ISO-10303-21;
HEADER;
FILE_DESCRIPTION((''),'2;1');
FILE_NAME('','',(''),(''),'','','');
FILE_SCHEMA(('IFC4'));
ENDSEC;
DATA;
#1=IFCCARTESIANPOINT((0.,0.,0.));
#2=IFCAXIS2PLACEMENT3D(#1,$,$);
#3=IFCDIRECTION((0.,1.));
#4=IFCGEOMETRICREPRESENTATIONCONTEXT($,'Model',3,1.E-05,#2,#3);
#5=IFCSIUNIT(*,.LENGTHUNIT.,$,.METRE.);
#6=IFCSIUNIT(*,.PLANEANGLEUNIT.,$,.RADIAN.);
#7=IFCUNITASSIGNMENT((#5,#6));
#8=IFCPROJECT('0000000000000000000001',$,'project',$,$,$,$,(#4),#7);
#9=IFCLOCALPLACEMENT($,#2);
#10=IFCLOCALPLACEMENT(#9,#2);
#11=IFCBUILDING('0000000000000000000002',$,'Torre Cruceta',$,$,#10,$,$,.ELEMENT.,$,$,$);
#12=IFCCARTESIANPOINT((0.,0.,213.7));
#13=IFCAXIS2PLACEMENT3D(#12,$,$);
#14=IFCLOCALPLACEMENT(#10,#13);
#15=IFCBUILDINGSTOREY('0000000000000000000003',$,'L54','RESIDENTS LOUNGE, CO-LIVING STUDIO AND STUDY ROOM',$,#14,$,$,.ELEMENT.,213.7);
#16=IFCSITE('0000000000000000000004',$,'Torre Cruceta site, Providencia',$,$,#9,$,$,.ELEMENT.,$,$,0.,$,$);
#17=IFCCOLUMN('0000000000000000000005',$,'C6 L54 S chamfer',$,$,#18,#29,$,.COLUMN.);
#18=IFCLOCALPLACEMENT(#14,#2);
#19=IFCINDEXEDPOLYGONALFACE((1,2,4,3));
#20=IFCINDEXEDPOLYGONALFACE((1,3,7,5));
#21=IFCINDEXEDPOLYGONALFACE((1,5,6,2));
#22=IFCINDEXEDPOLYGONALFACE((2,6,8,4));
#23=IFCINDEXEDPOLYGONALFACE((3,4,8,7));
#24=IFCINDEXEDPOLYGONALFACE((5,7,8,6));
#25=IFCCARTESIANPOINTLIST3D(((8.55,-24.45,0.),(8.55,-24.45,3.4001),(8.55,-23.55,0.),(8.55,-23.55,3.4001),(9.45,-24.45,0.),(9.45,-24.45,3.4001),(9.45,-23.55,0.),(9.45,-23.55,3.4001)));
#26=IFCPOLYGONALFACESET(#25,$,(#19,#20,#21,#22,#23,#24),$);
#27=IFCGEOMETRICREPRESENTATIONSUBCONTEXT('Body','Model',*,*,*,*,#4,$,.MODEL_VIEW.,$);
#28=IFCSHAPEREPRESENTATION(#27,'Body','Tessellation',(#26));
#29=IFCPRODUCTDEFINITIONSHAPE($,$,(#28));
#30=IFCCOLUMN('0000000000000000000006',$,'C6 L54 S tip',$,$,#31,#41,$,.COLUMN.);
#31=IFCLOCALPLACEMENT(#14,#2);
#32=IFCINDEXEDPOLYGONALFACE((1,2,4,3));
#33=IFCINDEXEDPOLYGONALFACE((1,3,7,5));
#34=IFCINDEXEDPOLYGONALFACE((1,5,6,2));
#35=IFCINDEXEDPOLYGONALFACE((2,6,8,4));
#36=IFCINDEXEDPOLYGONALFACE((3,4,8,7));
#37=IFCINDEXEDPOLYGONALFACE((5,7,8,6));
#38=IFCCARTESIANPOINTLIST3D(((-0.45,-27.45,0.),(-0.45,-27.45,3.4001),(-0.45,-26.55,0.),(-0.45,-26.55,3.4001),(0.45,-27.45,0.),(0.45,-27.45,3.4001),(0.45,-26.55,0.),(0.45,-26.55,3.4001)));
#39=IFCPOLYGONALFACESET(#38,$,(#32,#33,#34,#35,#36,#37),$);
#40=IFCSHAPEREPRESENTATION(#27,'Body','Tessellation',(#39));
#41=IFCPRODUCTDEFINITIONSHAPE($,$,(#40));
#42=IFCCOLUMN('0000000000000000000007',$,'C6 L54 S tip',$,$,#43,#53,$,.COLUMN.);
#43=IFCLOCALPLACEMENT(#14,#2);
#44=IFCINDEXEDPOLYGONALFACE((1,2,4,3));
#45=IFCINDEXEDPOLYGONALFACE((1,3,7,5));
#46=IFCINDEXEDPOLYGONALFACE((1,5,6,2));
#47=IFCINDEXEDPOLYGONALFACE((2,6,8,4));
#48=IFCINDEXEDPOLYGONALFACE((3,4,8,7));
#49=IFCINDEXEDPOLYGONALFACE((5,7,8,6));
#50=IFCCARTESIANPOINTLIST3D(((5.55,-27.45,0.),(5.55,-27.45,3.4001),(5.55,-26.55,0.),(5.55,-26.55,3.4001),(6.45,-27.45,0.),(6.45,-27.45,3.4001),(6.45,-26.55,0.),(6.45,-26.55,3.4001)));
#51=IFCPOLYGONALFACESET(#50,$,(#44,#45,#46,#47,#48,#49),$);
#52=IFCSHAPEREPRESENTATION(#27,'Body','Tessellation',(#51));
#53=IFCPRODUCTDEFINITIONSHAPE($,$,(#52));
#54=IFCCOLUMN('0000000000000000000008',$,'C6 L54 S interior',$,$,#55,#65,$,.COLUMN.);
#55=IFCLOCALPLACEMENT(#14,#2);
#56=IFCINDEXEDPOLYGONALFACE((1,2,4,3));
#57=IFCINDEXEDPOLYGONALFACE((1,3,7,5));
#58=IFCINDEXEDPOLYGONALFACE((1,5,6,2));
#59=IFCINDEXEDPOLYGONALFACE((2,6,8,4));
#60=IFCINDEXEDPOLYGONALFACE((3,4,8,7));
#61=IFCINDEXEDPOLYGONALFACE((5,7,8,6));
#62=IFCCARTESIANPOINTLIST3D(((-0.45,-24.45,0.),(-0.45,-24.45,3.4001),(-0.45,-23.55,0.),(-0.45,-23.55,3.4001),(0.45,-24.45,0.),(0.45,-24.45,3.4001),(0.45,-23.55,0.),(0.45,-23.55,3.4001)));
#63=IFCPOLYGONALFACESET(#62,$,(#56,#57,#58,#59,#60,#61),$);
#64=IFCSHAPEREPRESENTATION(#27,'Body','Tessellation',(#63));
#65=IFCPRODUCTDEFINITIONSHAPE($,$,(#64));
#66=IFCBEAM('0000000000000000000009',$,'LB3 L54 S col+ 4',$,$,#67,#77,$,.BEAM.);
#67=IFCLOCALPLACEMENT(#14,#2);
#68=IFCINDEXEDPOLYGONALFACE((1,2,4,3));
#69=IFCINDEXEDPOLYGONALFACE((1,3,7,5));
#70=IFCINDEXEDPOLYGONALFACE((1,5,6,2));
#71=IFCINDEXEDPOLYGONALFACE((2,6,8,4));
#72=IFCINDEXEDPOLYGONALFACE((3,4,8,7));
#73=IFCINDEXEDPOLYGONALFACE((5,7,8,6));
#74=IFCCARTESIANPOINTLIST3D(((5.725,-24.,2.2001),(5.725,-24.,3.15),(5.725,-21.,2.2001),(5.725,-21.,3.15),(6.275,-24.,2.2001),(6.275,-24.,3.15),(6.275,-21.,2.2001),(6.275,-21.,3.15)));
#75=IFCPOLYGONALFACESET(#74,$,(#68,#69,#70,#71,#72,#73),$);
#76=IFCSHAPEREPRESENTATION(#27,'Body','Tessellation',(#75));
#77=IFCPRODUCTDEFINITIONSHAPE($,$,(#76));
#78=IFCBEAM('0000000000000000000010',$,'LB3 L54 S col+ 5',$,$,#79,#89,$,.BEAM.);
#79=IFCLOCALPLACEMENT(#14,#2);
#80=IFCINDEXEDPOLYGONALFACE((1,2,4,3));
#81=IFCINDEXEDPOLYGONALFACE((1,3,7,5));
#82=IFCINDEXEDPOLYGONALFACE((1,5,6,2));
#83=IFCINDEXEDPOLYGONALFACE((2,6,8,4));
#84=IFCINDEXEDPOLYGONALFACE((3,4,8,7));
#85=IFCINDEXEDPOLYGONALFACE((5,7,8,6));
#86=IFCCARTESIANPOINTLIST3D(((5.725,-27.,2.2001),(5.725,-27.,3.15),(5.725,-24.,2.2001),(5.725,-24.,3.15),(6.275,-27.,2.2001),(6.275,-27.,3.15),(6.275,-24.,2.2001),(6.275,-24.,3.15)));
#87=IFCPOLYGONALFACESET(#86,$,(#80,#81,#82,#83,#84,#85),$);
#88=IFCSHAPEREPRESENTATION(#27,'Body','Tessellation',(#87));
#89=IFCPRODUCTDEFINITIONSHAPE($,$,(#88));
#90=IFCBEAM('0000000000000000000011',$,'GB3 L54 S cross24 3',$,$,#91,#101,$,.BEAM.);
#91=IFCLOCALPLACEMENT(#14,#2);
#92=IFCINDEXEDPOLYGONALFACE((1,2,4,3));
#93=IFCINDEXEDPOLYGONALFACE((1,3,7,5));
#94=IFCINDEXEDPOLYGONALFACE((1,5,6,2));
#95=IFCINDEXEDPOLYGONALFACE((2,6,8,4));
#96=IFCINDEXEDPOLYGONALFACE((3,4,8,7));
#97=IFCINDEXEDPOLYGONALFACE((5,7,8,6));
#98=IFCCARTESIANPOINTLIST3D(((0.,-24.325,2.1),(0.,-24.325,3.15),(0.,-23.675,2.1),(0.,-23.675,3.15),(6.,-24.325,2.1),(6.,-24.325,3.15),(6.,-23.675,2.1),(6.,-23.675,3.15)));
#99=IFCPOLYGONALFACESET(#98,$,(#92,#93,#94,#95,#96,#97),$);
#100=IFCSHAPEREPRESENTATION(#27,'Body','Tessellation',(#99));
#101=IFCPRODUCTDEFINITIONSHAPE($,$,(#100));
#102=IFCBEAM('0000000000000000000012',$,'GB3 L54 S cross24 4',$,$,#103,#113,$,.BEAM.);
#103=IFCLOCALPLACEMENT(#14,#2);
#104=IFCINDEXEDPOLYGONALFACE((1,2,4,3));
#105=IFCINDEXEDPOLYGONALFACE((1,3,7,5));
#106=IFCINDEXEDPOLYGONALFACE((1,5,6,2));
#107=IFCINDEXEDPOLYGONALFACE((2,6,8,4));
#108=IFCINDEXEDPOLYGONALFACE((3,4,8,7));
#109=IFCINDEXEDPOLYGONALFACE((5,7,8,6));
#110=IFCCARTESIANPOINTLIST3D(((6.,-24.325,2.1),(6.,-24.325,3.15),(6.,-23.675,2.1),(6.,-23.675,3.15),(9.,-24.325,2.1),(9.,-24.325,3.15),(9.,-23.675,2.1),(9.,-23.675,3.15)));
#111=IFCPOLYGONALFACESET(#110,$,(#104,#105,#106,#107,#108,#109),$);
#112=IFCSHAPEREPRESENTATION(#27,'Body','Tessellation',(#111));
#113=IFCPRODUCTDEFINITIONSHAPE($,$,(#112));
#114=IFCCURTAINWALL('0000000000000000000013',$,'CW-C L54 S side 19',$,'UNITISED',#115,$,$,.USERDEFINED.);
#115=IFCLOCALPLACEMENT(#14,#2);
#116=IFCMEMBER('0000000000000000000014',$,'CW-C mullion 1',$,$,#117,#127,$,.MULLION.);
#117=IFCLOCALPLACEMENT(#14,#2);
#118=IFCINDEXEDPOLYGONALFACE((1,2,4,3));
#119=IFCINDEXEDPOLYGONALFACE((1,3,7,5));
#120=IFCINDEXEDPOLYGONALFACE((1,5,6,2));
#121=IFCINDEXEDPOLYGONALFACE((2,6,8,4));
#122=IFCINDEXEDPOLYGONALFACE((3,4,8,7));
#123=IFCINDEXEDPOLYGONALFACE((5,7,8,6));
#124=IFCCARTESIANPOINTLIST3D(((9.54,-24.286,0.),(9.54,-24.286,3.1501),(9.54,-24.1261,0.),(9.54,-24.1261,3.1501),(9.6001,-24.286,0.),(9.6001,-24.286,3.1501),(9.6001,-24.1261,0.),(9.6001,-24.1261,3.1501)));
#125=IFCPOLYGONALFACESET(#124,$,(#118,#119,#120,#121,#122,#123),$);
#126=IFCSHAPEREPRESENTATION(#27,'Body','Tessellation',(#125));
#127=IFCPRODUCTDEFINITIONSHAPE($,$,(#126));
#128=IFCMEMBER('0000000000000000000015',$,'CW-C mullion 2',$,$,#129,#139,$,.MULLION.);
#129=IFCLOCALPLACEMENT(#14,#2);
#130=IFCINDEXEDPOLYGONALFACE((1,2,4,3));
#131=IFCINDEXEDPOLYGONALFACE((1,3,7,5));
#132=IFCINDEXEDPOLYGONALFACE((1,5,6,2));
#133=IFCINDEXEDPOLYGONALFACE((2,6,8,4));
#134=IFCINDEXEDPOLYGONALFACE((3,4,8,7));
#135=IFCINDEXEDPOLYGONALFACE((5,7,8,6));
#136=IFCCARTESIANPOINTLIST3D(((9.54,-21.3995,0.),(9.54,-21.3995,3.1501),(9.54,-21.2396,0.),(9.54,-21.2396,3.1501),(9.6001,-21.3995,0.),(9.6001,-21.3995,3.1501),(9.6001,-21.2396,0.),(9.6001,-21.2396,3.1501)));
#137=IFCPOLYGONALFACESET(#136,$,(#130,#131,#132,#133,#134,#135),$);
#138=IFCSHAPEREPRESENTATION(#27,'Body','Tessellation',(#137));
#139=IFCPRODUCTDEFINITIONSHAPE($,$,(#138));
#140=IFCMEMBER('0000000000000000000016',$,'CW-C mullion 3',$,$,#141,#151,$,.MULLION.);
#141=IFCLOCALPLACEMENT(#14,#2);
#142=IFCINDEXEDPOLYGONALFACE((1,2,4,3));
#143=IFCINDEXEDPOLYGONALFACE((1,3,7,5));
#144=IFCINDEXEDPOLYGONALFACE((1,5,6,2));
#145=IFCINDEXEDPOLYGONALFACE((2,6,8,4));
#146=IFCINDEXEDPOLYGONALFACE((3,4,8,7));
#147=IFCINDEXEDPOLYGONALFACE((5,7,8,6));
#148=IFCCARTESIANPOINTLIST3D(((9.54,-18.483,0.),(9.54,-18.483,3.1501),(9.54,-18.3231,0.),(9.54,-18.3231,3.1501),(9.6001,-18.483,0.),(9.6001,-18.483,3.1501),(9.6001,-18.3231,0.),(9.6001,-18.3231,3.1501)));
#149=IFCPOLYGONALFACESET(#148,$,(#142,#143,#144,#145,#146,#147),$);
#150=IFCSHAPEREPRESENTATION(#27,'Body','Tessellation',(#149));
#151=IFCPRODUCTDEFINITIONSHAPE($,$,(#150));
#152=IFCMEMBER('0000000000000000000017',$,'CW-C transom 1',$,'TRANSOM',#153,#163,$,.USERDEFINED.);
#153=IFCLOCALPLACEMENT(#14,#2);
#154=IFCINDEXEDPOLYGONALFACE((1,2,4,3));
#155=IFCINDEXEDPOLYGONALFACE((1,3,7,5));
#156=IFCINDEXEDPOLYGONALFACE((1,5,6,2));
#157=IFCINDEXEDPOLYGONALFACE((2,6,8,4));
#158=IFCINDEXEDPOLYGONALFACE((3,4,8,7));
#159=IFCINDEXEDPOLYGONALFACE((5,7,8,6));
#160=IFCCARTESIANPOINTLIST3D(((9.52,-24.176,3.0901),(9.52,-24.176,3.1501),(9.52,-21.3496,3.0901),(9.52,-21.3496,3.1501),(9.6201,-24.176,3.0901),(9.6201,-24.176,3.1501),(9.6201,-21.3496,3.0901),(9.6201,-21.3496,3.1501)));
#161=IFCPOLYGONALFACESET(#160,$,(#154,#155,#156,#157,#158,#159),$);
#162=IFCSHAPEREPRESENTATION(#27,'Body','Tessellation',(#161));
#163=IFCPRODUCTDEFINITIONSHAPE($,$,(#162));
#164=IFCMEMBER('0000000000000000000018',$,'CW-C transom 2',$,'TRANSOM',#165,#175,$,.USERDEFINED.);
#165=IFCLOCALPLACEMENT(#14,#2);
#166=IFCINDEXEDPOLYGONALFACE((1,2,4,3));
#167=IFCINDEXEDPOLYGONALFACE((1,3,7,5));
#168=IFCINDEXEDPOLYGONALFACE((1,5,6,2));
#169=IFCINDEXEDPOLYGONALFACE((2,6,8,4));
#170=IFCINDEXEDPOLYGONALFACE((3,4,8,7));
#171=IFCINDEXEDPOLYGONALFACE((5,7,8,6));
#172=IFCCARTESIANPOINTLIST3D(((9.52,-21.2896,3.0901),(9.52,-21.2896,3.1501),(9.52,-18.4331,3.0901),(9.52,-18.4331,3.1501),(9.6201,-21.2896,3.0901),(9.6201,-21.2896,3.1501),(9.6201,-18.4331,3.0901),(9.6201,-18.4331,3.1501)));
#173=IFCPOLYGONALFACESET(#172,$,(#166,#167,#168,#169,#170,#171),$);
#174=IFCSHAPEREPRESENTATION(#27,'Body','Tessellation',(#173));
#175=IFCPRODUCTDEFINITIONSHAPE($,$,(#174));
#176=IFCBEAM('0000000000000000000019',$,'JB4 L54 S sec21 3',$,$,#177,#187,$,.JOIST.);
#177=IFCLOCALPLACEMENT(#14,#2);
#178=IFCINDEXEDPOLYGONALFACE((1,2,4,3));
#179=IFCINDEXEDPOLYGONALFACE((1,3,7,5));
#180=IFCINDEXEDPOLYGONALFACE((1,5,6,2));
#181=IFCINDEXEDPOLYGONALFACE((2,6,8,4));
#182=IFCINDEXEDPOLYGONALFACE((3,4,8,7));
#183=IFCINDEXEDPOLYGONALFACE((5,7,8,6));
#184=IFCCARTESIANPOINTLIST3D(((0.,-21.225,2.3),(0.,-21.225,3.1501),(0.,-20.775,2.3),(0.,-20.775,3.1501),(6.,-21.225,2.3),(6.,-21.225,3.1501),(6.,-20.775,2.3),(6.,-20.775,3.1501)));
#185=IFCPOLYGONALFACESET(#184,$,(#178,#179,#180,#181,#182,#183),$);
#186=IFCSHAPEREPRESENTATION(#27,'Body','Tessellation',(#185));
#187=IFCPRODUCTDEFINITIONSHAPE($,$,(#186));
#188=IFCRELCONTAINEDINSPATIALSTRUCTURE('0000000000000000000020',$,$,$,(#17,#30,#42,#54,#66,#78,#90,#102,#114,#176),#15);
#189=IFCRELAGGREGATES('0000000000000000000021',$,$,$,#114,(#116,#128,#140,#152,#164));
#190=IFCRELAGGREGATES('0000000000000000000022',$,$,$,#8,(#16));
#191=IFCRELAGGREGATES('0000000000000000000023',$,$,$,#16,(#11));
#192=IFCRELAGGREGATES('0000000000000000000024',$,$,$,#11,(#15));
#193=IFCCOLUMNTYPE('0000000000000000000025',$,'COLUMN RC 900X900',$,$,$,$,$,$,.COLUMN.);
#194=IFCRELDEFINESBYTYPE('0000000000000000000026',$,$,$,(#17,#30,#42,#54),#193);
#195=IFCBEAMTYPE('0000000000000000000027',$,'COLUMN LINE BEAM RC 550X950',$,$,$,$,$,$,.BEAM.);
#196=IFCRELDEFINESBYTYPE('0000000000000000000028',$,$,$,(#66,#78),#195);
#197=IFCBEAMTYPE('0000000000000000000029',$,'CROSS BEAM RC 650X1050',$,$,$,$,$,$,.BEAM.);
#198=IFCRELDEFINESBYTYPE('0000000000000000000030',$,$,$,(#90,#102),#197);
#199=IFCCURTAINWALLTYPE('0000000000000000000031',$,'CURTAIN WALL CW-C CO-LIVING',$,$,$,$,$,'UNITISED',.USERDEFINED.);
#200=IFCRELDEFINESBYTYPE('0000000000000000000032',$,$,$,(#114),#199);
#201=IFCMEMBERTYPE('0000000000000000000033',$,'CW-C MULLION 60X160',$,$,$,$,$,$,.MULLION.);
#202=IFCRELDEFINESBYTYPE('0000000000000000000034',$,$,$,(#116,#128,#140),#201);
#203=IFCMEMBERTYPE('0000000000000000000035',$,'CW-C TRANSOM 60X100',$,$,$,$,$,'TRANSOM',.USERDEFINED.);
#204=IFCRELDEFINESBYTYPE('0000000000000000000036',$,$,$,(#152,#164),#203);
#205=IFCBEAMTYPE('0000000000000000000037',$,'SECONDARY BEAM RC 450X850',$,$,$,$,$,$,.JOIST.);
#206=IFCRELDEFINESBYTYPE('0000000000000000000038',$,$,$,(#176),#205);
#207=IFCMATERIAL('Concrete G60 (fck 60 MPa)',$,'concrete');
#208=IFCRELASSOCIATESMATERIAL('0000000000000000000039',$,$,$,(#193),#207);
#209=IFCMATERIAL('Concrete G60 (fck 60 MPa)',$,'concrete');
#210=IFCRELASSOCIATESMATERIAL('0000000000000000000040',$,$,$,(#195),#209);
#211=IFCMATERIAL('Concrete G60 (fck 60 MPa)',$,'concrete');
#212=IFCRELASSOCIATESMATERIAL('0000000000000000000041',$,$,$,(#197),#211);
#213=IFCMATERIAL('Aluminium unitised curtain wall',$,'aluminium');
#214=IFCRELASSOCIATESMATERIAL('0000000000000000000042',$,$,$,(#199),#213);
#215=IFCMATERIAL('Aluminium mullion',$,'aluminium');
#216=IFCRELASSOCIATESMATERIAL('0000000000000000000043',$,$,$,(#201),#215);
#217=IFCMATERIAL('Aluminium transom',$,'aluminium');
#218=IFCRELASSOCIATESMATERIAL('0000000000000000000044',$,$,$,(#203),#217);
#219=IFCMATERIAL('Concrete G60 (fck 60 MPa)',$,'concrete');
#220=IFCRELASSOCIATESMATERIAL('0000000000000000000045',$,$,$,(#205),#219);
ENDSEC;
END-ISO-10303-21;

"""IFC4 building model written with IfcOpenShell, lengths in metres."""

from ifc_helpers import new_model, si_unit, direction, frame, origin, origin_2d, place, context, subcontext, project, spatial, rectangle, extrude, material, material_profile, profile_set, type_object, element, aggregate, save


model = new_model("IFC4")

# Units and contexts
model_context = context("Model", 3, precision=1e-05, world=origin(), true_north=direction((0.0, 1.0)))
body_context = subcontext(model_context, "Body", "Model", "MODEL_VIEW")
ifc_project = project(units=[si_unit("LENGTHUNIT", "METRE"), si_unit("PLANEANGLEUNIT", "RADIAN")], contexts=[model_context])

# Site, building, storey
site_placement = place(None, origin())
site = spatial("IfcSite", under=ifc_project, at=site_placement, Name="Torre Cruceta site, Providencia", CompositionType="ELEMENT", RefElevation=0.0)
building_placement = place(site_placement, origin())
building = spatial("IfcBuilding", under=site, at=building_placement, Name="Torre Cruceta", CompositionType="ELEMENT")
storey_placement = place(building_placement, frame((0.0, 0.0, 213.7)))
storey = spatial("IfcBuildingStorey", under=building, at=storey_placement, Name="L54", Description="RESIDENTS LOUNGE, CO-LIVING STUDIO AND STUDY ROOM", CompositionType="ELEMENT", Elevation=213.7)

# Columns
ifc_material_1 = material(Name="Concrete G60 (fck 60 MPa)", Category="concrete")
ifc_material_profile_1 = material_profile(ifc_material_1, rectangle(XDim=0.8999, YDim=0.8999, at=origin_2d()), Name="RC 900X900")
ifc_profile_set_1 = profile_set([ifc_material_profile_1], Name="Concrete G60 (fck 60 MPa)")
column_type = type_object("IfcColumnType", Name="COLUMN RC 900X900", PredefinedType="COLUMN", material=ifc_profile_set_1)
for number, where, z_axis, x_axis, name in (
    (1, (9.0, -24.0, 0.0), (0.0, 0.0, 1.0), (1.0, 0.0, 0.0), "C6 L54 S chamfer"),
    (2, (0.0, -27.0, 0.0), (0.0, 0.0, 1.0), (1.0, 0.0, 0.0), "C6 L54 S tip"),
    (3, (6.0, -27.0, 0.0), (0.0, 0.0, 1.0), (1.0, 0.0, 0.0), "C6 L54 S tip"),
    (4, (0.0, -24.0, 0.0), (0.0, 0.0, 1.0), (1.0, 0.0, 0.0), "C6 L54 S interior"),
):
    element("IfcColumn", number, at=place(storey_placement, frame(where, z_axis=z_axis, x_axis=x_axis)), inside=storey, type_object=column_type, Name=name, PredefinedType="COLUMN", context=body_context, shape_type="SweptSolid", body=[
        extrude(rectangle(XDim=0.8999, YDim=0.8999, at=origin_2d()), origin(), (0.0, 0.0, 1.0), 3.4001),
    ])

# Beams
ifc_material_2 = material(Name="Concrete G60 (fck 60 MPa)", Category="concrete")
ifc_material_profile_2 = material_profile(ifc_material_2, rectangle(XDim=0.55, YDim=0.95, at=origin_2d()), Name="RC 550X950")
ifc_profile_set_2 = profile_set([ifc_material_profile_2], Name="Concrete G60 (fck 60 MPa)")
beam_type_1 = type_object("IfcBeamType", Name="COLUMN LINE BEAM RC 550X950", PredefinedType="BEAM", material=ifc_profile_set_2)
for number, where, z_axis, x_axis, name in (
    (5, (6.0, -21.0, 2.675), (0.0, -1.0, 0.0), (1.0, 0.0, 0.0), "LB3 L54 S col+ 4"),
    (6, (6.0, -24.0, 2.675), (0.0, -1.0, 0.0), (1.0, 0.0, 0.0), "LB3 L54 S col+ 5"),
):
    element("IfcBeam", number, at=place(storey_placement, frame(where, z_axis=z_axis, x_axis=x_axis)), inside=storey, type_object=beam_type_1, Name=name, PredefinedType="BEAM", context=body_context, shape_type="SweptSolid", body=[
        extrude(rectangle(XDim=0.55, YDim=0.95, at=origin_2d()), origin(), (0.0, 0.0, 1.0), 3.0),
    ])
ifc_material_3 = material(Name="Concrete G60 (fck 60 MPa)", Category="concrete")
ifc_material_profile_3 = material_profile(ifc_material_3, rectangle(XDim=0.6499, YDim=1.05, at=origin_2d()), Name="RC 650X1050")
ifc_profile_set_3 = profile_set([ifc_material_profile_3], Name="Concrete G60 (fck 60 MPa)")
beam_type_2 = type_object("IfcBeamType", Name="CROSS BEAM RC 650X1050", PredefinedType="BEAM", material=ifc_profile_set_3)
beam_1_placement = place(storey_placement, frame((0.0, -24.0, 2.625), z_axis=(1.0, 0.0, 0.0), x_axis=(0.0, 1.0, 0.0)))
element("IfcBeam", 7, at=beam_1_placement, inside=storey, type_object=beam_type_2, Name="GB3 L54 S cross24 3", PredefinedType="BEAM", context=body_context, shape_type="SweptSolid", body=[
    extrude(rectangle(XDim=0.6499, YDim=1.05, at=origin_2d()), origin(), (0.0, 0.0, 1.0), 6.0),
])
beam_2_placement = place(storey_placement, frame((6.0, -24.0, 2.625), z_axis=(1.0, 0.0, 0.0), x_axis=(0.0, 1.0, 0.0)))
element("IfcBeam", 8, at=beam_2_placement, inside=storey, type_object=beam_type_2, Name="GB3 L54 S cross24 4", PredefinedType="BEAM", context=body_context, shape_type="SweptSolid", body=[
    extrude(rectangle(XDim=0.6499, YDim=1.05, at=origin_2d()), origin(), (0.0, 0.0, 1.0), 3.0),
])

# Curtain wall, members
ifc_material_4 = material(Name="Aluminium unitised curtain wall", Category="aluminium")
curtain_wall_type = type_object("IfcCurtainWallType", Name="CURTAIN WALL CW-C CO-LIVING", ElementType="UNITISED", PredefinedType="USERDEFINED", material=ifc_material_4)
curtain_wall_placement = place(storey_placement, origin())
curtain_wall = element("IfcCurtainWall", 9, at=curtain_wall_placement, inside=storey, type_object=curtain_wall_type, Name="CW-C L54 S side 19", ObjectType="UNITISED", PredefinedType="USERDEFINED")
ifc_material_5 = material(Name="Aluminium mullion", Category="aluminium")
ifc_material_profile_4 = material_profile(ifc_material_5, rectangle(XDim=0.0601, YDim=0.1599, at=origin_2d()), Name="AL 60X160")
ifc_profile_set_4 = profile_set([ifc_material_profile_4], Name="Aluminium mullion")
member_type_1 = type_object("IfcMemberType", Name="CW-C MULLION 60X160", PredefinedType="MULLION", material=ifc_profile_set_4)
member_1_placement = place(storey_placement, frame((9.5701, -24.2061, 0.0), z_axis=(0.0, 0.0, 1.0), x_axis=(-1.0, 0.0, 0.0)))
member_1 = element("IfcMember", 10, at=member_1_placement, type_object=member_type_1, Name="CW-C mullion 1", PredefinedType="MULLION", context=body_context, shape_type="SweptSolid", body=[
    extrude(rectangle(XDim=0.0601, YDim=0.1599, at=origin_2d()), origin(), (0.0, 0.0, 1.0), 3.1501),
])
member_2_placement = place(storey_placement, frame((9.5701, -21.3196, 0.0), z_axis=(0.0, 0.0, 1.0), x_axis=(-1.0, 0.0, 0.0)))
member_2 = element("IfcMember", 11, at=member_2_placement, type_object=member_type_1, Name="CW-C mullion 2", PredefinedType="MULLION", context=body_context, shape_type="SweptSolid", body=[
    extrude(rectangle(XDim=0.0601, YDim=0.1599, at=origin_2d()), origin(), (0.0, 0.0, 1.0), 3.1501),
])
member_3_placement = place(storey_placement, frame((9.5701, -18.4031, 0.0), z_axis=(0.0, 0.0, 1.0), x_axis=(-1.0, 0.0, 0.0)))
member_3 = element("IfcMember", 12, at=member_3_placement, type_object=member_type_1, Name="CW-C mullion 3", PredefinedType="MULLION", context=body_context, shape_type="SweptSolid", body=[
    extrude(rectangle(XDim=0.0601, YDim=0.1599, at=origin_2d()), origin(), (0.0, 0.0, 1.0), 3.1501),
])
ifc_material_6 = material(Name="Aluminium transom", Category="aluminium")
ifc_material_profile_5 = material_profile(ifc_material_6, rectangle(XDim=0.1001, YDim=0.0601, at=origin_2d()), Name="AL 100X60")
ifc_profile_set_5 = profile_set([ifc_material_profile_5], Name="Aluminium transom")
member_type_2 = type_object("IfcMemberType", Name="CW-C TRANSOM 60X100", ElementType="TRANSOM", PredefinedType="USERDEFINED", material=ifc_profile_set_5)
member_4_placement = place(storey_placement, frame((9.5701, -24.176, 3.1201), z_axis=(0.0, 1.0, 0.0), x_axis=(-1.0, 0.0, 0.0)))
member_4 = element("IfcMember", 13, at=member_4_placement, type_object=member_type_2, Name="CW-C transom 1", ObjectType="TRANSOM", PredefinedType="USERDEFINED", context=body_context, shape_type="SweptSolid", body=[
    extrude(rectangle(XDim=0.1001, YDim=0.0601, at=origin_2d()), origin(), (0.0, 0.0, 1.0), 2.8264),
])
member_5_placement = place(storey_placement, frame((9.5701, -21.2896, 3.1201), z_axis=(0.0, 1.0, 0.0), x_axis=(-1.0, 0.0, 0.0)))
member_5 = element("IfcMember", 14, at=member_5_placement, type_object=member_type_2, Name="CW-C transom 2", ObjectType="TRANSOM", PredefinedType="USERDEFINED", context=body_context, shape_type="SweptSolid", body=[
    extrude(rectangle(XDim=0.1001, YDim=0.0601, at=origin_2d()), origin(), (0.0, 0.0, 1.0), 2.8564),
])

# Beam
ifc_material_7 = material(Name="Concrete G60 (fck 60 MPa)", Category="concrete")
ifc_material_profile_6 = material_profile(ifc_material_7, rectangle(XDim=0.45, YDim=0.8501, at=origin_2d()), Name="RC 450X850")
ifc_profile_set_6 = profile_set([ifc_material_profile_6], Name="Concrete G60 (fck 60 MPa)")
beam_type_3 = type_object("IfcBeamType", Name="SECONDARY BEAM RC 450X850", PredefinedType="JOIST", material=ifc_profile_set_6)
beam_3_placement = place(storey_placement, frame((0.0, -21.0, 2.7251), z_axis=(1.0, 0.0, 0.0), x_axis=(0.0, 1.0, 0.0)))
element("IfcBeam", 15, at=beam_3_placement, inside=storey, type_object=beam_type_3, Name="JB4 L54 S sec21 3", PredefinedType="JOIST", context=body_context, shape_type="SweptSolid", body=[
    extrude(rectangle(XDim=0.45, YDim=0.8501, at=origin_2d()), origin(), (0.0, 0.0, 1.0), 6.0),
])

aggregate(curtain_wall, [member_1, member_2, member_3, member_4, member_5])

save(model, "model.ifc")
